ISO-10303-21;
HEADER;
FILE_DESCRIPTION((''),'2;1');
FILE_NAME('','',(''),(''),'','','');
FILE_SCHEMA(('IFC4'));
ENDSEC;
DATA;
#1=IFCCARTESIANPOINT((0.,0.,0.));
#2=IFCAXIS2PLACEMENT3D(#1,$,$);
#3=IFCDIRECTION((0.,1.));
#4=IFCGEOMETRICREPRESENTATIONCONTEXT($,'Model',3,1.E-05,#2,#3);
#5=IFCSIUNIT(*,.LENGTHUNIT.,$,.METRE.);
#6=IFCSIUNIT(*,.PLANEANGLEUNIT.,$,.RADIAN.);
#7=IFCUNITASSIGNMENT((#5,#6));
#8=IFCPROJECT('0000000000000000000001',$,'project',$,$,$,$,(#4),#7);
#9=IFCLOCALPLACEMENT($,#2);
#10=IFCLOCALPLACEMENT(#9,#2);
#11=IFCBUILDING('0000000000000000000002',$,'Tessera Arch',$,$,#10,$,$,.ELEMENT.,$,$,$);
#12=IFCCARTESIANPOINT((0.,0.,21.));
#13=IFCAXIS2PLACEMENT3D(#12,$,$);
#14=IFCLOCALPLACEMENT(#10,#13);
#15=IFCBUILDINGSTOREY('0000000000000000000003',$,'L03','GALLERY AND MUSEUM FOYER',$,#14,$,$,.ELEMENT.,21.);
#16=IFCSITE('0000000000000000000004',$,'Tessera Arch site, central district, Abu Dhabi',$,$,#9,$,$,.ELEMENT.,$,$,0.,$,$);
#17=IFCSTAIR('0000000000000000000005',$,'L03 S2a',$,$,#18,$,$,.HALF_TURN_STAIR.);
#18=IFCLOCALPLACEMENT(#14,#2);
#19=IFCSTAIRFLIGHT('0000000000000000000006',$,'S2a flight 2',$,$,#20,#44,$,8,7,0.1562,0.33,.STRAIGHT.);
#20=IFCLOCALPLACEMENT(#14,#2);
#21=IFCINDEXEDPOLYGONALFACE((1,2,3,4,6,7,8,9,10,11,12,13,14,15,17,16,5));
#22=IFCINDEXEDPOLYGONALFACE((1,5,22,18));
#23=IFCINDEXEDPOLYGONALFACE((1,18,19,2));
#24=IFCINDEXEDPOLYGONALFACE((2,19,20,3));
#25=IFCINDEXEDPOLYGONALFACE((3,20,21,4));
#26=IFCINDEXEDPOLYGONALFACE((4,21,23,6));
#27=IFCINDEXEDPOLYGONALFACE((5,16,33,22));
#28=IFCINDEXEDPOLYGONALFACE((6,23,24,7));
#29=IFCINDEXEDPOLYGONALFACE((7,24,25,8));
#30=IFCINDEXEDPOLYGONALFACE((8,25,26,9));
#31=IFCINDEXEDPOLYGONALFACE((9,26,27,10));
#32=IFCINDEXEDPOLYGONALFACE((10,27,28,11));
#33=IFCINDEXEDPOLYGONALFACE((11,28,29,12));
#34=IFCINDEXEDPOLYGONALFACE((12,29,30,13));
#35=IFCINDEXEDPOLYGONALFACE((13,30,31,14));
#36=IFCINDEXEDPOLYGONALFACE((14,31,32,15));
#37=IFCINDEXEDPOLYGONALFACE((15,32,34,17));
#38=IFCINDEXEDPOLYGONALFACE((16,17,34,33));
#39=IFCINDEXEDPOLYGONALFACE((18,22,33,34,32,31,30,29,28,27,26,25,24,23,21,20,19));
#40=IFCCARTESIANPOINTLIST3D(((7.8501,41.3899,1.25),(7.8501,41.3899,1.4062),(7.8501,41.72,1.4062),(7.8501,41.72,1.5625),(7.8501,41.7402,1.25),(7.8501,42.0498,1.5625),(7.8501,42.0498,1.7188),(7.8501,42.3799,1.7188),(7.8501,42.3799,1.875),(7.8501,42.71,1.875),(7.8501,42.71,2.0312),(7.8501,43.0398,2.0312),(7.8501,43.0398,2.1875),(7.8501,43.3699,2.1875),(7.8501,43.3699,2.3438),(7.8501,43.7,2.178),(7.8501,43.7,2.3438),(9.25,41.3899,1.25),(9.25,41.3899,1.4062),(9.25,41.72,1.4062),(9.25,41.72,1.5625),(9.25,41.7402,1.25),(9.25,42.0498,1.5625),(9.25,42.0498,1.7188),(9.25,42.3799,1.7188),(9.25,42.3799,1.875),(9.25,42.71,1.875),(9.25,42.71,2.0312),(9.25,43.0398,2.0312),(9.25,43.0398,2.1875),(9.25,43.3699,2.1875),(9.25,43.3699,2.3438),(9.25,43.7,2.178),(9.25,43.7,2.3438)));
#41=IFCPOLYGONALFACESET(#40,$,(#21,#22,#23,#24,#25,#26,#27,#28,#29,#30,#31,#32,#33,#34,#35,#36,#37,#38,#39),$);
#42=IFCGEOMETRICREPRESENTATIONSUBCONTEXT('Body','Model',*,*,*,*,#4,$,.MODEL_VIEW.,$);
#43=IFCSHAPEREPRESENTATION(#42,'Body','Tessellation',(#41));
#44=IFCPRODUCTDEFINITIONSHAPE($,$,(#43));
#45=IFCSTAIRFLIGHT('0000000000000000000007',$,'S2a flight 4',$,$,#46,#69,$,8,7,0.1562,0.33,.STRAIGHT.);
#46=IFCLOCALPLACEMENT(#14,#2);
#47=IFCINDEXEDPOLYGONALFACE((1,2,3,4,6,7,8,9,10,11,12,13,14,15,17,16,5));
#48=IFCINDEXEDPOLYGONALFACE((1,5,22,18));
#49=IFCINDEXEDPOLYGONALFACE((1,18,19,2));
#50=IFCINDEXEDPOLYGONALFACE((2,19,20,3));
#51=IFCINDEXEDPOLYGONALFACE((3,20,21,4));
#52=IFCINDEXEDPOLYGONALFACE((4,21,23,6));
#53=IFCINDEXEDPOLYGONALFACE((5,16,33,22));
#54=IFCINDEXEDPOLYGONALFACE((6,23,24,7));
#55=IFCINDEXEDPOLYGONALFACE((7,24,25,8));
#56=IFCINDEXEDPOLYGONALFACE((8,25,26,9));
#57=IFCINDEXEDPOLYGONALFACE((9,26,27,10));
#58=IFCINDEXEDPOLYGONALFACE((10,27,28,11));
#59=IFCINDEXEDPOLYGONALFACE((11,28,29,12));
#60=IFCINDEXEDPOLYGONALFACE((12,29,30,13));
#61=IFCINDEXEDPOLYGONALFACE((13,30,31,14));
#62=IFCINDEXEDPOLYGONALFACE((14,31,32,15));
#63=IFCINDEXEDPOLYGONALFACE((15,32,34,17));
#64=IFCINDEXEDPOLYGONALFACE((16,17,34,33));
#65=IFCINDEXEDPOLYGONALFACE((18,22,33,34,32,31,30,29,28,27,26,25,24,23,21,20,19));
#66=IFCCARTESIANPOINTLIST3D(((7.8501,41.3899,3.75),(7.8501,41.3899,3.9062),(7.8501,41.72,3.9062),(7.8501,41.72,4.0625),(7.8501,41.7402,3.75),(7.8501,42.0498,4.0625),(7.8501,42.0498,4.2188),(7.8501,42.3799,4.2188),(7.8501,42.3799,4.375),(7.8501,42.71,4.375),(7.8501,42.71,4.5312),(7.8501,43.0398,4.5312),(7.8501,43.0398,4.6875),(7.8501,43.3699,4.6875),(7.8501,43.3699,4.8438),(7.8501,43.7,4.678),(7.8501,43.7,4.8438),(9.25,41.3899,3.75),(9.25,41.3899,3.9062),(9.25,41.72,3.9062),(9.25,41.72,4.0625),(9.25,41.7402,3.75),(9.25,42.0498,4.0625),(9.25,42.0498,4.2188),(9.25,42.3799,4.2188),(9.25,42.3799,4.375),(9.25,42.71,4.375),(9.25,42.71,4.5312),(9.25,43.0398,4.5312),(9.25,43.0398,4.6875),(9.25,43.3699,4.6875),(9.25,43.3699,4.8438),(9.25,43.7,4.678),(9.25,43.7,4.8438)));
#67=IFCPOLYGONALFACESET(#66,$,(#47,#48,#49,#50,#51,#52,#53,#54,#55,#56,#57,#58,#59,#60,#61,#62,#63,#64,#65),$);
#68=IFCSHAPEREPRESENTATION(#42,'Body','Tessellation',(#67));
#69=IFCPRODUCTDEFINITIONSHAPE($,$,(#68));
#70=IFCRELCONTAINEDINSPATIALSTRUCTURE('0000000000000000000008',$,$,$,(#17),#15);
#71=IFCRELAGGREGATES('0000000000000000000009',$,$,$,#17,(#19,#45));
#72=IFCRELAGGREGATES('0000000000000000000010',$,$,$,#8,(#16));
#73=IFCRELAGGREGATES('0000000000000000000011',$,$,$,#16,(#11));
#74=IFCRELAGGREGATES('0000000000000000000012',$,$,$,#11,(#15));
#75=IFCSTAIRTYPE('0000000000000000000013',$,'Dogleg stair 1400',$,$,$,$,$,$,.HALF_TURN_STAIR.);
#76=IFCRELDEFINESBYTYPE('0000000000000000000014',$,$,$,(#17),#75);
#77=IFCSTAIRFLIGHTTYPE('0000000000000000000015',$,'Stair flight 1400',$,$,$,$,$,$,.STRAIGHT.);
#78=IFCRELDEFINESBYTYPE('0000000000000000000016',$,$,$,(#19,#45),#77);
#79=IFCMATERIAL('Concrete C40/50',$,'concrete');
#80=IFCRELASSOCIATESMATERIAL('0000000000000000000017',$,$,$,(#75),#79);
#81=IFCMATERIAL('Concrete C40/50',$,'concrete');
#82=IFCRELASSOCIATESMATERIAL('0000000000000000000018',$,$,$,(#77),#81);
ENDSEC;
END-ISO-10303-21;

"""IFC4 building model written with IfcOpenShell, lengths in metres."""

from ifc_helpers import new_model, si_unit, direction, frame, origin, place, context, subcontext, project, spatial, polyline, outline, extrude, material, type_object, element, aggregate, save


model = new_model("IFC4")

# Units and contexts
model_context = context("Model", 3, precision=1e-05, world=origin(), true_north=direction((0.0, 1.0)))
body_context = subcontext(model_context, "Body", "Model", "MODEL_VIEW")
ifc_project = project(units=[si_unit("LENGTHUNIT", "METRE"), si_unit("PLANEANGLEUNIT", "RADIAN")], contexts=[model_context])

# Site, building, storey
site_placement = place(None, origin())
site = spatial("IfcSite", under=ifc_project, at=site_placement, Name="Tessera Arch site, central district, Abu Dhabi", CompositionType="ELEMENT", RefElevation=0.0)
building_placement = place(site_placement, origin())
building = spatial("IfcBuilding", under=site, at=building_placement, Name="Tessera Arch", CompositionType="ELEMENT")
storey_placement = place(building_placement, frame((0.0, 0.0, 21.0)))
storey = spatial("IfcBuildingStorey", under=building, at=storey_placement, Name="L03", Description="GALLERY AND MUSEUM FOYER", CompositionType="ELEMENT", Elevation=21.0)

# Stair, stair flights
ifc_material_1 = material(Name="Concrete C40/50", Category="concrete")
stair_type = type_object("IfcStairType", Name="Dogleg stair 1400", PredefinedType="HALF_TURN_STAIR", material=ifc_material_1)
stair_placement = place(storey_placement, origin())
stair = element("IfcStair", 1, at=stair_placement, inside=storey, type_object=stair_type, Name="L03 S2a", PredefinedType="HALF_TURN_STAIR")
ifc_material_2 = material(Name="Concrete C40/50", Category="concrete")
stair_flight_type = type_object("IfcStairFlightType", Name="Stair flight 1400", PredefinedType="STRAIGHT", material=ifc_material_2)
stair_flight_1_placement = place(storey_placement, frame((8.55, 41.3899, 1.25), z_axis=(0.0, 0.0, 1.0), x_axis=(0.0, 1.0, 0.0)))
stair_flight_1 = element("IfcStairFlight", 2, at=stair_flight_1_placement, type_object=stair_flight_type, Name="S2a flight 2", NumberOfRisers=8, NumberOfTreads=7, PredefinedType="STRAIGHT", RiserHeight=0.1562, TreadLength=0.33, context=body_context, shape_type="SweptSolid", body=[
    extrude(outline(polyline([(0.0, 0.0), (0.0, 0.1562), (0.3301, 0.1562), (0.3301, 0.3125), (0.6599, 0.3125), (0.6599, 0.4688), (0.99, 0.4688), (0.99, 0.625), (1.3201, 0.625), (1.3201, 0.7812), (1.6499, 0.7812), (1.6499, 0.9375), (1.98, 0.9375), (1.98, 1.0938), (2.3101, 1.0938), (2.3101, 1.25), (2.3101, 0.928), (0.3503, 0.0), (0.0, 0.0)])), frame((0.0, 0.7, 0.0), z_axis=(0.0, -1.0, 0.0), x_axis=(1.0, 0.0, 0.0)), (0.0, 0.0, 1.0), 1.3999),
])
stair_flight_2_placement = place(storey_placement, frame((8.55, 41.3899, 3.75), z_axis=(0.0, 0.0, 1.0), x_axis=(0.0, 1.0, 0.0)))
stair_flight_2 = element("IfcStairFlight", 3, at=stair_flight_2_placement, type_object=stair_flight_type, Name="S2a flight 4", NumberOfRisers=8, NumberOfTreads=7, PredefinedType="STRAIGHT", RiserHeight=0.1562, TreadLength=0.33, context=body_context, shape_type="SweptSolid", body=[
    extrude(outline(polyline([(0.0, 0.0), (0.0, 0.1562), (0.3301, 0.1562), (0.3301, 0.3125), (0.6599, 0.3125), (0.6599, 0.4688), (0.99, 0.4688), (0.99, 0.625), (1.3201, 0.625), (1.3201, 0.7812), (1.6499, 0.7812), (1.6499, 0.9375), (1.98, 0.9375), (1.98, 1.0938), (2.3101, 1.0938), (2.3101, 1.25), (2.3101, 0.928), (0.3503, 0.0), (0.0, 0.0)])), frame((0.0, 0.7, 0.0), z_axis=(0.0, -1.0, 0.0), x_axis=(1.0, 0.0, 0.0)), (0.0, 0.0, 1.0), 1.3999),
])
aggregate(stair, [stair_flight_1, stair_flight_2])

save(model, "model.ifc")
